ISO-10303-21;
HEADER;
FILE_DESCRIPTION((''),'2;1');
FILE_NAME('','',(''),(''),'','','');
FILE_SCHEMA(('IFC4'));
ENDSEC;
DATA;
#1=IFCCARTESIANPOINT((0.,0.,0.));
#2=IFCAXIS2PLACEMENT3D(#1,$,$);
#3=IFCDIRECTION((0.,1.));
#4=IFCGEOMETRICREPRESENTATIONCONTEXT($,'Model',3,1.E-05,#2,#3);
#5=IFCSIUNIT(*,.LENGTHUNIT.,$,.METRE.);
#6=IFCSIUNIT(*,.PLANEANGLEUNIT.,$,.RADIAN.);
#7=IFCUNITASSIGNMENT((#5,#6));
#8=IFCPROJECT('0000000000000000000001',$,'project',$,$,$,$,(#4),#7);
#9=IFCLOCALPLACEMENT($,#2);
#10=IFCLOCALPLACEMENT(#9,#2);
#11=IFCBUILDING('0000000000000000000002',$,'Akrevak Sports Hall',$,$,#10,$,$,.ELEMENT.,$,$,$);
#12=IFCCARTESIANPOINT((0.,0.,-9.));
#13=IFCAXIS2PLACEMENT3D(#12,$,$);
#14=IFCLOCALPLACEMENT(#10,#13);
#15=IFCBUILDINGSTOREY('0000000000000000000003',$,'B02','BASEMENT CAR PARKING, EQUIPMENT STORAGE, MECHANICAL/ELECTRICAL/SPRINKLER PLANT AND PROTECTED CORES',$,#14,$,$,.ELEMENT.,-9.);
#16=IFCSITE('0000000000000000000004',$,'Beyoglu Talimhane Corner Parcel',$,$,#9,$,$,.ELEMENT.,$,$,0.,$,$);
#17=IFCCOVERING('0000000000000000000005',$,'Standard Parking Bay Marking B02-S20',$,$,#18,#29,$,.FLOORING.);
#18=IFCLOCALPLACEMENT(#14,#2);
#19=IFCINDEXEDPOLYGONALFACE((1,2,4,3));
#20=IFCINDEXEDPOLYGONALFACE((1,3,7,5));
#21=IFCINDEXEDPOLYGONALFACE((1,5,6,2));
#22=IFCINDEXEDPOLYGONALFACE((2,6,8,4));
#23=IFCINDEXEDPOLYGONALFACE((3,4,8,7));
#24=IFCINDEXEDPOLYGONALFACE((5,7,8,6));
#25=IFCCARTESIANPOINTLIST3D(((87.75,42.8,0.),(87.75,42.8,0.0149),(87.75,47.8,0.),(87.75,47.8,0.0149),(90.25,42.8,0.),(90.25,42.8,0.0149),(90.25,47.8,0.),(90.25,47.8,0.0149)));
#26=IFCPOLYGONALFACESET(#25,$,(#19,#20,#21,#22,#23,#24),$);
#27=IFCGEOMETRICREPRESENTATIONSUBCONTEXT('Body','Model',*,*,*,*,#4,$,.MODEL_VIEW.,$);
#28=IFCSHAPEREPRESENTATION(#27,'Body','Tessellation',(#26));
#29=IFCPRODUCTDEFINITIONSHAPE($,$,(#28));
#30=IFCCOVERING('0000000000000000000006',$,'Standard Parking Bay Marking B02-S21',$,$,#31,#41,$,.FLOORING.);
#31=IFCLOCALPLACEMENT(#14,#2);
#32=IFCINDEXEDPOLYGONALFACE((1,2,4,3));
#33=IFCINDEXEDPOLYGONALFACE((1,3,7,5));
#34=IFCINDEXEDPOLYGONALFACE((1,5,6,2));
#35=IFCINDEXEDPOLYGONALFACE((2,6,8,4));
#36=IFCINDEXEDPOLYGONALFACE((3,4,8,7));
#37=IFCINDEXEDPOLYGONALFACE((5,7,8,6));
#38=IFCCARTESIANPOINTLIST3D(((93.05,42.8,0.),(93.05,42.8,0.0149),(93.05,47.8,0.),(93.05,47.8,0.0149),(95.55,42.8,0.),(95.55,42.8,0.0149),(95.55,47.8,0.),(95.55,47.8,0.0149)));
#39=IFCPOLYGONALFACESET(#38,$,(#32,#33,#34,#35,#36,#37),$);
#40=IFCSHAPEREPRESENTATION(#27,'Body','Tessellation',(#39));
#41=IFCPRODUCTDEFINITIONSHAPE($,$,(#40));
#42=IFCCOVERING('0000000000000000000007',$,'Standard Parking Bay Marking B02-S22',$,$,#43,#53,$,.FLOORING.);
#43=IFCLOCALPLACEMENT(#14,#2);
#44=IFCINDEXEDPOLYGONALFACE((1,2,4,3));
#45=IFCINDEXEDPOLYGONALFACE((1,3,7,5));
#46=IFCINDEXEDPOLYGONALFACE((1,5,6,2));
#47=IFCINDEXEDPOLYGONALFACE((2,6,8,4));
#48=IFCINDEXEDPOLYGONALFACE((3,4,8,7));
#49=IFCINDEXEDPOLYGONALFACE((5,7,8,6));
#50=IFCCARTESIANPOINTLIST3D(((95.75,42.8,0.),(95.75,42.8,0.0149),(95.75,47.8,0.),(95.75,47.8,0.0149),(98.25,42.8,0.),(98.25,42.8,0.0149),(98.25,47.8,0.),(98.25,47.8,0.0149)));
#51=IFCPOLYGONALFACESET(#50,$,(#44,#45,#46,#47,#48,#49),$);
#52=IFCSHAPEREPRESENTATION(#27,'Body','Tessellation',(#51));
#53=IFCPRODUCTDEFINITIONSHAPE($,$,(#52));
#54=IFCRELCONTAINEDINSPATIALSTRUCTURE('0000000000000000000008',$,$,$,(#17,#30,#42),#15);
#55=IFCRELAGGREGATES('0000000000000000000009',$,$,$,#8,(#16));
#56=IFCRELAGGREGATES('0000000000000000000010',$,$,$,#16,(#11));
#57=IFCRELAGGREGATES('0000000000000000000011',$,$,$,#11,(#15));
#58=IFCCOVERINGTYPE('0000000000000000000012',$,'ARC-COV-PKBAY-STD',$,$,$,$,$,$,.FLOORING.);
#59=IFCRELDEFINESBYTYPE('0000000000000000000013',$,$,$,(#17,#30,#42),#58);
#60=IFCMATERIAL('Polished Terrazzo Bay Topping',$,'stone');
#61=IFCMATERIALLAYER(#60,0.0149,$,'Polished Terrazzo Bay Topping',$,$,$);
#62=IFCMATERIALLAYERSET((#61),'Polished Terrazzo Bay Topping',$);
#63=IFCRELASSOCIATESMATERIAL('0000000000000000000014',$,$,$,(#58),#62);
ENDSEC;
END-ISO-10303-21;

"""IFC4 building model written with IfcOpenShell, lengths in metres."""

from ifc_helpers import new_model, si_unit, direction, frame, origin, origin_2d, place, context, subcontext, project, spatial, rectangle, extrude, material, layer, layer_set, type_object, element, save


model = new_model("IFC4")

# Units and contexts
model_context = context("Model", 3, precision=1e-05, world=origin(), true_north=direction((0.0, 1.0)))
body_context = subcontext(model_context, "Body", "Model", "MODEL_VIEW")
ifc_project = project(units=[si_unit("LENGTHUNIT", "METRE"), si_unit("PLANEANGLEUNIT", "RADIAN")], contexts=[model_context])

# Site, building, storey
site_placement = place(None, origin())
site = spatial("IfcSite", under=ifc_project, at=site_placement, Name="Beyoglu Talimhane Corner Parcel", CompositionType="ELEMENT", RefElevation=0.0)
building_placement = place(site_placement, origin())
building = spatial("IfcBuilding", under=site, at=building_placement, Name="Akrevak Sports Hall", CompositionType="ELEMENT")
storey_placement = place(building_placement, frame((0.0, 0.0, -9.0)))
storey = spatial("IfcBuildingStorey", under=building, at=storey_placement, Name="B02", Description="BASEMENT CAR PARKING, EQUIPMENT STORAGE, MECHANICAL/ELECTRICAL/SPRINKLER PLANT AND PROTECTED CORES", CompositionType="ELEMENT", Elevation=-9.0)

# Coverings
ifc_material_1 = material(Name="Polished Terrazzo Bay Topping", Category="stone")
ifc_layer = layer(ifc_material_1, 0.0149, Name="Polished Terrazzo Bay Topping")
ifc_layer_set = layer_set([ifc_layer], Name="Polished Terrazzo Bay Topping")
covering_type = type_object("IfcCoveringType", Name="ARC-COV-PKBAY-STD", PredefinedType="FLOORING", material=ifc_layer_set)
for number, where, z_axis, x_axis, name in (
    (1, (89.0, 45.3, 0.0), (0.0, 0.0, 1.0), (1.0, 0.0, 0.0), "Standard Parking Bay Marking B02-S20"),
    (2, (94.3, 45.3, 0.0), (0.0, 0.0, 1.0), (1.0, 0.0, 0.0), "Standard Parking Bay Marking B02-S21"),
    (3, (97.0, 45.3, 0.0), (0.0, 0.0, 1.0), (1.0, 0.0, 0.0), "Standard Parking Bay Marking B02-S22"),
):
    element("IfcCovering", number, at=place(storey_placement, frame(where, z_axis=z_axis, x_axis=x_axis)), inside=storey, type_object=covering_type, Name=name, PredefinedType="FLOORING", context=body_context, shape_type="SweptSolid", body=[
        extrude(rectangle(XDim=2.5, YDim=5.0, at=origin_2d()), origin(), (0.0, 0.0, 1.0), 0.0149),
    ])

save(model, "model.ifc")
